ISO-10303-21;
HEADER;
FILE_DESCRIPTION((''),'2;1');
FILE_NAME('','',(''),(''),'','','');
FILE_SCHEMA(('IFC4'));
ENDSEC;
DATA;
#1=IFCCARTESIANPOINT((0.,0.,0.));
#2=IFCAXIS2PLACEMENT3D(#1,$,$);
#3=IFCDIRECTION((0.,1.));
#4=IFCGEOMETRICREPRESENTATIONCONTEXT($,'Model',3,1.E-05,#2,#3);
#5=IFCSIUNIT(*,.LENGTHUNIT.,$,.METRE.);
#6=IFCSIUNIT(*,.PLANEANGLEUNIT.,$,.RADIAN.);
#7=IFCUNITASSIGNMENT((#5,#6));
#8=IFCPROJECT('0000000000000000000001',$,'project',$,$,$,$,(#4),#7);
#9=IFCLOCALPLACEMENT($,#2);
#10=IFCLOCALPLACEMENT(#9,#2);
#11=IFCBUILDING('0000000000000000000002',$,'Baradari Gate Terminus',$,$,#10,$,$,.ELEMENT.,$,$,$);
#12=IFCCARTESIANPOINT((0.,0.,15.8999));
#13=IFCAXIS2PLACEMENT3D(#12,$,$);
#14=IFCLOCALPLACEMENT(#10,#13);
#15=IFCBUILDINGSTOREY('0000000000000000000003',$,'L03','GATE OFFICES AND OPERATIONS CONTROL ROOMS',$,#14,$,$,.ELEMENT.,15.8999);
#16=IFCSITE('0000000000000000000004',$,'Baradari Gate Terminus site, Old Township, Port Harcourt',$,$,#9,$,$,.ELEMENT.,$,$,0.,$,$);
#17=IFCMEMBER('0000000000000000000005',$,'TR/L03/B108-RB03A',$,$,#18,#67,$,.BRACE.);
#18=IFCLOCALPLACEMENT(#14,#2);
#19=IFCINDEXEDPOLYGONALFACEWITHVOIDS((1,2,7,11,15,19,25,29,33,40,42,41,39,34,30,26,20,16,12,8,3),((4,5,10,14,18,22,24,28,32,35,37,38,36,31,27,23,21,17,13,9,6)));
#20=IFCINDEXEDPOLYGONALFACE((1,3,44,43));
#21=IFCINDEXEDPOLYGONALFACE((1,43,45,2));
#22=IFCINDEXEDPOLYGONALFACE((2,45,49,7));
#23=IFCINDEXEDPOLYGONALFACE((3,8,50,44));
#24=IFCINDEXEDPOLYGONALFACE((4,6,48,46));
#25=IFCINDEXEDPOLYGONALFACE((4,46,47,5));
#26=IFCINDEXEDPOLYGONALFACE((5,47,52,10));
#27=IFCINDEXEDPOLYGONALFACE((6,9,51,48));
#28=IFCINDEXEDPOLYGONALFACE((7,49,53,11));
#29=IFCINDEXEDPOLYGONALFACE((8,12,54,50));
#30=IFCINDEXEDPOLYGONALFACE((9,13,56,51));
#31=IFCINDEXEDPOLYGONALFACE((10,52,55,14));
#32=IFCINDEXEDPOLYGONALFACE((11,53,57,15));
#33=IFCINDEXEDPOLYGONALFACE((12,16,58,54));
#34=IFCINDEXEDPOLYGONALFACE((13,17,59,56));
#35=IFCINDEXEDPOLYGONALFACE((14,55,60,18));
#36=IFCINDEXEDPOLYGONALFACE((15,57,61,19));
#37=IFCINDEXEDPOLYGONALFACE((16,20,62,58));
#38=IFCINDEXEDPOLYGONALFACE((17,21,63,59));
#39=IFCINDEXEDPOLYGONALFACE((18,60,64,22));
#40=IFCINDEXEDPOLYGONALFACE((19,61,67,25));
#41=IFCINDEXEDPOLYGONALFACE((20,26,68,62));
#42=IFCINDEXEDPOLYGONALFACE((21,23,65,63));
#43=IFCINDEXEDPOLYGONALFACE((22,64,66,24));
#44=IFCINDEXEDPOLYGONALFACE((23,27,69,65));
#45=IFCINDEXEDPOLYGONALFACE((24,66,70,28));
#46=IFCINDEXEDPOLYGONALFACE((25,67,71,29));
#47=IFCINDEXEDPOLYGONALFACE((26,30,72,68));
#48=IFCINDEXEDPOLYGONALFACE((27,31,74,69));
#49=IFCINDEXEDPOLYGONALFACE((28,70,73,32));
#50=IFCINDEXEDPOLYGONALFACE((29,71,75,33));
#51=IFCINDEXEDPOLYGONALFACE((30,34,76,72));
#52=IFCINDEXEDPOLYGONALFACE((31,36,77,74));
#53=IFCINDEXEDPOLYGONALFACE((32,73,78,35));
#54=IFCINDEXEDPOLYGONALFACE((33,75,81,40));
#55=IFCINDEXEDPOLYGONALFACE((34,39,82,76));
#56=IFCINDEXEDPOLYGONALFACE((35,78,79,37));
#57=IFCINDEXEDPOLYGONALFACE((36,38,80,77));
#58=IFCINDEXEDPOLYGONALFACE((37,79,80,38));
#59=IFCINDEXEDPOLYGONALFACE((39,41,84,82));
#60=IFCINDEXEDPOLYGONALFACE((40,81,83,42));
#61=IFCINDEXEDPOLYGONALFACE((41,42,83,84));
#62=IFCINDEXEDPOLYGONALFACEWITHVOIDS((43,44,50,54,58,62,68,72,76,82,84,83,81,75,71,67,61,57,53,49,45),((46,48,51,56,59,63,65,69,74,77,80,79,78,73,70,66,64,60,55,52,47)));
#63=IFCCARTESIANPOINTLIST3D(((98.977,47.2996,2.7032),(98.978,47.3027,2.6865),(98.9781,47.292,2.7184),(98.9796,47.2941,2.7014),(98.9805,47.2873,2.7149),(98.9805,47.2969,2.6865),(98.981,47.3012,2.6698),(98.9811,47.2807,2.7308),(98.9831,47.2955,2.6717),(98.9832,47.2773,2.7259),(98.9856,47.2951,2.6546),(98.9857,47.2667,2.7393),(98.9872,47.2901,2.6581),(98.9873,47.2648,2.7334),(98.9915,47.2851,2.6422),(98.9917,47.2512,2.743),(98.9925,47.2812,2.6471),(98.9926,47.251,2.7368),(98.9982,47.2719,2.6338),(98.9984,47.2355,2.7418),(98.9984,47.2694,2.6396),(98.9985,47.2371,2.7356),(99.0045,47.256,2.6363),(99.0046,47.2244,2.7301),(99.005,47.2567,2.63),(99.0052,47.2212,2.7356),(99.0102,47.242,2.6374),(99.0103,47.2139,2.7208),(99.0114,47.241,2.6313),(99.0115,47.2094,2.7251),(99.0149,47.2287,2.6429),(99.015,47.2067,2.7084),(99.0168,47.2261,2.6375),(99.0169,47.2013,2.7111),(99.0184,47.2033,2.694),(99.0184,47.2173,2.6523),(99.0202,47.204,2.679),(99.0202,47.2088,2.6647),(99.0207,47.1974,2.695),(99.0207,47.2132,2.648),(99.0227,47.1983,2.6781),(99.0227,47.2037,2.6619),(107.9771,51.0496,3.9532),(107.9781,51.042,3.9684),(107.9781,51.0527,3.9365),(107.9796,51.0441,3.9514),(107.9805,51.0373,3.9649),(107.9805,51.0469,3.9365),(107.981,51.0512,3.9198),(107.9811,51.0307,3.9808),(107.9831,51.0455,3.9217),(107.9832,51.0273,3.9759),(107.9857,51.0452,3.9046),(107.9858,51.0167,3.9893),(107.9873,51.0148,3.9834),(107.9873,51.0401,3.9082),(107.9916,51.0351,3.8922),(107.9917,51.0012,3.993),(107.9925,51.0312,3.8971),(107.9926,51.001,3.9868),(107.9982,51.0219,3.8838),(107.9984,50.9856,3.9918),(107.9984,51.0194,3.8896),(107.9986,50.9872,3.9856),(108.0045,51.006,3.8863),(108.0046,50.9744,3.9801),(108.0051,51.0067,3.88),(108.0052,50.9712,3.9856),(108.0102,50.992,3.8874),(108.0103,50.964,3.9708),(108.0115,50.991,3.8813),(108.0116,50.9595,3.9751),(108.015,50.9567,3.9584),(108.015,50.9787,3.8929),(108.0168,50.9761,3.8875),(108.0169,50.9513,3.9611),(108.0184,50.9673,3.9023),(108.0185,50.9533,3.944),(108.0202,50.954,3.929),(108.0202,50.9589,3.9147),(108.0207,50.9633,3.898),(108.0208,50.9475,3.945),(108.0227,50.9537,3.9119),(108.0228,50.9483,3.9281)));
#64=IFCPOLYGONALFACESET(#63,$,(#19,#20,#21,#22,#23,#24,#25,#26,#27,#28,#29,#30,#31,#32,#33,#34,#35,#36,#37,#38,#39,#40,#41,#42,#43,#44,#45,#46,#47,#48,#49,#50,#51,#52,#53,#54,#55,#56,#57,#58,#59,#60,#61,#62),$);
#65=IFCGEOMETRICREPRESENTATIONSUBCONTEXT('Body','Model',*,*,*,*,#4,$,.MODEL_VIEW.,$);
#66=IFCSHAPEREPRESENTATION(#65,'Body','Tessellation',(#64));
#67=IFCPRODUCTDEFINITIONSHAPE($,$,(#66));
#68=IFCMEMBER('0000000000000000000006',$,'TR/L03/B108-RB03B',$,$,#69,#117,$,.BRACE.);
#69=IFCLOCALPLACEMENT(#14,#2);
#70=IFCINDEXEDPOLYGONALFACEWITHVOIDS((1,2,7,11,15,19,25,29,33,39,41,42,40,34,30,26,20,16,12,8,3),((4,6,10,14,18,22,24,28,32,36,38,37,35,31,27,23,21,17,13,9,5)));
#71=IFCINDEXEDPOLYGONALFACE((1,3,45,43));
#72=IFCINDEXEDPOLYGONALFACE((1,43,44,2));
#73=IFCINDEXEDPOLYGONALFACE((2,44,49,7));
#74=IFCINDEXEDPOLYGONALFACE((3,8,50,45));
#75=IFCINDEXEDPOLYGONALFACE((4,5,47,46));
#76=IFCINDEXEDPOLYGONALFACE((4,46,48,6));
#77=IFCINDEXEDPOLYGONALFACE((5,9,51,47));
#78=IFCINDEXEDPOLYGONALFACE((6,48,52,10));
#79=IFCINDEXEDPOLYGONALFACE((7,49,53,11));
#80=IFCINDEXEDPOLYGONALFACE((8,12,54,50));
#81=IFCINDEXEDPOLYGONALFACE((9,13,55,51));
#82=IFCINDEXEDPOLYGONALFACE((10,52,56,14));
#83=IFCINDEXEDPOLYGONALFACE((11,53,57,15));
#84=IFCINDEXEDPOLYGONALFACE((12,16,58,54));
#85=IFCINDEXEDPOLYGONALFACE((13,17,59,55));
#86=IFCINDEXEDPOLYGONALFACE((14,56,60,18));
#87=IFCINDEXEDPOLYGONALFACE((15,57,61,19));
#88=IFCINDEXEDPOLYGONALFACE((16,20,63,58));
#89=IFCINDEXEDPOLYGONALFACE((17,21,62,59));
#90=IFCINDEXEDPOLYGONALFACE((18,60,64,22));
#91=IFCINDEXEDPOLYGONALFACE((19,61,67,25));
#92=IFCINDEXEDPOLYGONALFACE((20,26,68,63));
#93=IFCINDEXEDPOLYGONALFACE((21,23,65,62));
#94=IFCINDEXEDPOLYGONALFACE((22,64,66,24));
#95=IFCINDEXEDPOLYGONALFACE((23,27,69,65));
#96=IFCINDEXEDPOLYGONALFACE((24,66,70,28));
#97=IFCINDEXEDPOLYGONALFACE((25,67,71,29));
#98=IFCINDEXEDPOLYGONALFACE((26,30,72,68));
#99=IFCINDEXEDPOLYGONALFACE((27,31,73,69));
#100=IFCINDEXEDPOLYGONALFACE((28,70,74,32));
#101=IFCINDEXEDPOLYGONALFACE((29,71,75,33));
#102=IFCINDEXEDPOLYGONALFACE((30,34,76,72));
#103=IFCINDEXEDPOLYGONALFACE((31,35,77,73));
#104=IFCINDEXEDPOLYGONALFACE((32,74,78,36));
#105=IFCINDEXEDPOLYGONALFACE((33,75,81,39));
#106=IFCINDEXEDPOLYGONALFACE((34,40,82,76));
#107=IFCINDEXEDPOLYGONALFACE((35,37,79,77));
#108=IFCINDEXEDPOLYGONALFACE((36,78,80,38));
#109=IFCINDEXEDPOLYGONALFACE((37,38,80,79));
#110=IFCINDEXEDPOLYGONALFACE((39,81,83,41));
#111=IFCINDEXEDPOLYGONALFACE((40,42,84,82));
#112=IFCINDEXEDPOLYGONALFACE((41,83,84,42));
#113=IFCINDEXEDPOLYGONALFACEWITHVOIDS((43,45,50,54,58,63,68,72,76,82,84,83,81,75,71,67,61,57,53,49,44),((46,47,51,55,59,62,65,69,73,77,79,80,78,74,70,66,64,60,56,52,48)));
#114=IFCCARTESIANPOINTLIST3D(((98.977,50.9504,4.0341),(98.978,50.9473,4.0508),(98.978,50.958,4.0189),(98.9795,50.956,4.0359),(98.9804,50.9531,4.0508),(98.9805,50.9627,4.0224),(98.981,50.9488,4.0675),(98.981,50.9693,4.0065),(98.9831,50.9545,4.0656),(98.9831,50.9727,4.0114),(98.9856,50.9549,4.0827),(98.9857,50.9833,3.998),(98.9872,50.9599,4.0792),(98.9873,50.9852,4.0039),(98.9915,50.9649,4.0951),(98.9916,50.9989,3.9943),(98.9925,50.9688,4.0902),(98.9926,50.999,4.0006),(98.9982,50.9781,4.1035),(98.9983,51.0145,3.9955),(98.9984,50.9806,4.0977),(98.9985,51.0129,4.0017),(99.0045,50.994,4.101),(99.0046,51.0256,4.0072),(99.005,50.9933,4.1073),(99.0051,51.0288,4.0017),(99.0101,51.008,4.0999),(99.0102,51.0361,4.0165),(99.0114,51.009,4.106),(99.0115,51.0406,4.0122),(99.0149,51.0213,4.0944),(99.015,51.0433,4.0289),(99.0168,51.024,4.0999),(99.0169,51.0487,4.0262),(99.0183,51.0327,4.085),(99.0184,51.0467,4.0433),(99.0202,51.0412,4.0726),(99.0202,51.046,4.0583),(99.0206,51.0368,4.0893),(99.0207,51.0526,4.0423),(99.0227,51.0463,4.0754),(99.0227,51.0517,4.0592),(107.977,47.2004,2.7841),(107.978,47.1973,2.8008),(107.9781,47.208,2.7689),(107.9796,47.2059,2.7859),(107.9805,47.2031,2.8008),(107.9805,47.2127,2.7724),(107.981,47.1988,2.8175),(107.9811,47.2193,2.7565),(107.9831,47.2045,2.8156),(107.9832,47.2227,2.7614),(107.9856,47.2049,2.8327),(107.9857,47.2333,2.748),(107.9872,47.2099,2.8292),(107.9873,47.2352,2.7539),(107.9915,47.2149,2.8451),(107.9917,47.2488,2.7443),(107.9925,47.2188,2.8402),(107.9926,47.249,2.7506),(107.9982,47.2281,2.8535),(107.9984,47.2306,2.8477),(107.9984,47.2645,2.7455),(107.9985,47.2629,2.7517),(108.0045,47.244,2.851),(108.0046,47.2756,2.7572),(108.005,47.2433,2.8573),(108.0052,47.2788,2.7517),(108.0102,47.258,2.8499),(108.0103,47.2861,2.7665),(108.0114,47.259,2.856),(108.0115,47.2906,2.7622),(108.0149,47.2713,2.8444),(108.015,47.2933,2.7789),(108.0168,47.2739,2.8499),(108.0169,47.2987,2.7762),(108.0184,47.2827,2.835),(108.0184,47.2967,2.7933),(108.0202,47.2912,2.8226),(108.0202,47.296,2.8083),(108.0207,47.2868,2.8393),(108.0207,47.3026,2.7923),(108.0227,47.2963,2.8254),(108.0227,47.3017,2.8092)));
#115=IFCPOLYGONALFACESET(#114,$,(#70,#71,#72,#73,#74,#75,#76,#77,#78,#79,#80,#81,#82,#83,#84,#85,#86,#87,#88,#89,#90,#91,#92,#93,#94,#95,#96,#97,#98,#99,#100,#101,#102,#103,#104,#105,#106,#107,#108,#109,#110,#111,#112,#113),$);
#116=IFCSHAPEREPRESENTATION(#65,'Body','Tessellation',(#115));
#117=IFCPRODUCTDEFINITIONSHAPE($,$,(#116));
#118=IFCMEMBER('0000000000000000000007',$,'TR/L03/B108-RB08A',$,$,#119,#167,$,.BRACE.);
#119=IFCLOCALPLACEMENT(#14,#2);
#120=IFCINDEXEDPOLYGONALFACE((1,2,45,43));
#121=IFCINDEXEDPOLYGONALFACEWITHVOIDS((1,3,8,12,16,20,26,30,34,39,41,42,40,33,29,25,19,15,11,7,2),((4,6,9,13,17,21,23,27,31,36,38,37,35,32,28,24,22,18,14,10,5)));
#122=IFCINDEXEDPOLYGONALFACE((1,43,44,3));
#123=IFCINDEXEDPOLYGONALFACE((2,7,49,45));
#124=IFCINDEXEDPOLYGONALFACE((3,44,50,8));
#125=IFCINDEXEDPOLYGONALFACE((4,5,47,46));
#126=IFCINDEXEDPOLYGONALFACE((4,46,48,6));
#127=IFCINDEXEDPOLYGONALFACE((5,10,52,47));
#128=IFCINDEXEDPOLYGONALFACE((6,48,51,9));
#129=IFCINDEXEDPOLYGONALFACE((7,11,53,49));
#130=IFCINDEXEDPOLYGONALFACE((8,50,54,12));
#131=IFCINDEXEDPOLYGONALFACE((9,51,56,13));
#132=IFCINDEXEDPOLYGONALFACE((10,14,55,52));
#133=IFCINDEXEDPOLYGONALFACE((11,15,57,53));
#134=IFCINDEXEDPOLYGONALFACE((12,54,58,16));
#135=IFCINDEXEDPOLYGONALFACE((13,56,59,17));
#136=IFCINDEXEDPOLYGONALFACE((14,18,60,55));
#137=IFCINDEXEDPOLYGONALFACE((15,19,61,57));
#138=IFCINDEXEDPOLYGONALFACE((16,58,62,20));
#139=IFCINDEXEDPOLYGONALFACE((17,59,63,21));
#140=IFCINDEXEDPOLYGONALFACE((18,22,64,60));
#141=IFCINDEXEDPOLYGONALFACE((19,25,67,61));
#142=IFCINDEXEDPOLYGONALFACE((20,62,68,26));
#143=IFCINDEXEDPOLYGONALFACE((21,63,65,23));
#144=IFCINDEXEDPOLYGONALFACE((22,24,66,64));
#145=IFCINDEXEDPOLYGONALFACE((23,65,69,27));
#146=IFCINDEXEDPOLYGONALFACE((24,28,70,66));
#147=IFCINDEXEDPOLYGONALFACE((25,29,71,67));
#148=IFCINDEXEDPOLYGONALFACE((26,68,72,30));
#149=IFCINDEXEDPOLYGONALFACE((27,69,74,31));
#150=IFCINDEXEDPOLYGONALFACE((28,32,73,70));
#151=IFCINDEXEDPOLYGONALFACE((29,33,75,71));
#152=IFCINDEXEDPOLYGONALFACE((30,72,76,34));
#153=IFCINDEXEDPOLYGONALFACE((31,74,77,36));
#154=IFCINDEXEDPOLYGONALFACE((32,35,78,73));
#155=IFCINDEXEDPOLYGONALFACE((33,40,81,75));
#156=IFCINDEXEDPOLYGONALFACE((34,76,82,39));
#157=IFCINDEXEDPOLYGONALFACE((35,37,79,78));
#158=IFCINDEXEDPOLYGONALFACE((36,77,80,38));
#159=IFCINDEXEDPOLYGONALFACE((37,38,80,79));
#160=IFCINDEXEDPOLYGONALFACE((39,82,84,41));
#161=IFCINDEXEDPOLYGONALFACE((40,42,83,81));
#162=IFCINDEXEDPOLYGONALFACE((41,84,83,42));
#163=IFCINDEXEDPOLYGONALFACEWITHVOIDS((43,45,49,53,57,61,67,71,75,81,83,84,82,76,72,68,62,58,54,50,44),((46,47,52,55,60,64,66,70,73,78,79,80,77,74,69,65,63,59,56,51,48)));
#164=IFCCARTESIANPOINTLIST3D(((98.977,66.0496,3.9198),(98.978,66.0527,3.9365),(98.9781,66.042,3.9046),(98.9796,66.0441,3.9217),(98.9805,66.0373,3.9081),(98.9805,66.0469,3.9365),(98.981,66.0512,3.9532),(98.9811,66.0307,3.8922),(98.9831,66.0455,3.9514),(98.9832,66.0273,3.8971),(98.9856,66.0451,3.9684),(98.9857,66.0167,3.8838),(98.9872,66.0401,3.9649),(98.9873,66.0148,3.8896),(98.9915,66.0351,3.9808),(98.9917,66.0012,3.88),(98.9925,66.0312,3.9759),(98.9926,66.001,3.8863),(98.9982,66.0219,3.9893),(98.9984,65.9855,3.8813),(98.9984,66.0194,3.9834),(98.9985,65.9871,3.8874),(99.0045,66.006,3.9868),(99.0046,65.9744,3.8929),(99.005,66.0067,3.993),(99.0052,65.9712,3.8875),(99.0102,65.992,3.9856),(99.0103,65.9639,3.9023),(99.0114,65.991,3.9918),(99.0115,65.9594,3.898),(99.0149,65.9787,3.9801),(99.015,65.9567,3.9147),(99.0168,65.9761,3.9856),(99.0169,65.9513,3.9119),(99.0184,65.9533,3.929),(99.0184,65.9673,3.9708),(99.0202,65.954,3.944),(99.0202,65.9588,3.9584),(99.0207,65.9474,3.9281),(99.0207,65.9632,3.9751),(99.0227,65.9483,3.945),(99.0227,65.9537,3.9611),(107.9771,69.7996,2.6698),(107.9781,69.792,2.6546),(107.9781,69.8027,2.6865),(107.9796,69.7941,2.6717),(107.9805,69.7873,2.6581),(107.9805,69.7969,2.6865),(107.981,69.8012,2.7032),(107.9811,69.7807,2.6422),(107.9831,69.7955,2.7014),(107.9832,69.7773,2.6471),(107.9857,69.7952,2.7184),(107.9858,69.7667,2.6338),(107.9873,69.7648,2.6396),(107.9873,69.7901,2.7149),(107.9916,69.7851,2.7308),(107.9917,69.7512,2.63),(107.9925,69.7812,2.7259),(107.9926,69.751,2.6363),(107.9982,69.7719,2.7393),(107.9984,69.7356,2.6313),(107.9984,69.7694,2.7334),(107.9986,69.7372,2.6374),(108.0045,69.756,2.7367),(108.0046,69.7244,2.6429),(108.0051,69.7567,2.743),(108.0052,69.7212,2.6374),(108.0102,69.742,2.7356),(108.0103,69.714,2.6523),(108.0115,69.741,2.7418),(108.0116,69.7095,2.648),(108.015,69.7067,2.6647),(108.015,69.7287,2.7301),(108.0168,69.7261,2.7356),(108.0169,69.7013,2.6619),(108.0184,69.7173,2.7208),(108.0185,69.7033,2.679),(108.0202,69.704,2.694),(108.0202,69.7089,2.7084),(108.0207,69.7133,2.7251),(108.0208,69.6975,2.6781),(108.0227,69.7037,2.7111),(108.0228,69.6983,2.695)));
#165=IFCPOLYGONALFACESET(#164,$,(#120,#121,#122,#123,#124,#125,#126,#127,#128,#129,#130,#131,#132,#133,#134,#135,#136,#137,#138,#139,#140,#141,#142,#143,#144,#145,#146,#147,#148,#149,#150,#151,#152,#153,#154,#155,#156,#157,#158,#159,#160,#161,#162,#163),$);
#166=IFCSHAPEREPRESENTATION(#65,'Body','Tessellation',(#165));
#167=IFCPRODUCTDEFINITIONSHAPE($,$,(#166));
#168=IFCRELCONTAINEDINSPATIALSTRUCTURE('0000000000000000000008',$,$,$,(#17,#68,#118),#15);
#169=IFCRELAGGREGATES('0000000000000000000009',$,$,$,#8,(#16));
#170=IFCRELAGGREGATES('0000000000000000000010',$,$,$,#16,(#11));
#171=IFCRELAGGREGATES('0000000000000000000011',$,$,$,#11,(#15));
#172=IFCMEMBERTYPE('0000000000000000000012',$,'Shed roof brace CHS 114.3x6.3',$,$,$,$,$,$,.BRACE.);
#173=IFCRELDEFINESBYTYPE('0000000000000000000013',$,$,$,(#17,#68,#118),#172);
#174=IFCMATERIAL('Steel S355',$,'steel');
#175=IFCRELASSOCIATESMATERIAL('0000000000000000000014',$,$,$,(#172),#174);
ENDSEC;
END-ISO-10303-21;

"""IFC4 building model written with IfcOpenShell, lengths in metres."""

from ifc_helpers import new_model, si_unit, direction, frame, origin, origin_2d, place, context, subcontext, project, spatial, hollow_circle, extrude, material, material_profile, profile_set, type_object, element, save


model = new_model("IFC4")

# Units and contexts
model_context = context("Model", 3, precision=1e-05, world=origin(), true_north=direction((0.0, 1.0)))
body_context = subcontext(model_context, "Body", "Model", "MODEL_VIEW")
ifc_project = project(units=[si_unit("LENGTHUNIT", "METRE"), si_unit("PLANEANGLEUNIT", "RADIAN")], contexts=[model_context])

# Site, building, storey
site_placement = place(None, origin())
site = spatial("IfcSite", under=ifc_project, at=site_placement, Name="Baradari Gate Terminus site, Old Township, Port Harcourt", CompositionType="ELEMENT", RefElevation=0.0)
building_placement = place(site_placement, origin())
building = spatial("IfcBuilding", under=site, at=building_placement, Name="Baradari Gate Terminus", CompositionType="ELEMENT")
storey_placement = place(building_placement, frame((0.0, 0.0, 15.8999)))
storey = spatial("IfcBuildingStorey", under=building, at=storey_placement, Name="L03", Description="GATE OFFICES AND OPERATIONS CONTROL ROOMS", CompositionType="ELEMENT", Elevation=15.8999)

# Members
ifc_material_1 = material(Name="Steel S355", Category="steel")
ifc_material_profile_1 = material_profile(ifc_material_1, hollow_circle(Radius=0.0571, WallThickness=0.0063, at=origin_2d()), Name="CHS 114.3x6.3")
ifc_profile_set_1 = profile_set([ifc_material_profile_1], Name="Steel S355")
member_type_1 = type_object("IfcMemberType", Name="Shed roof brace CHS 114.3x6.3", PredefinedType="BRACE", material=ifc_profile_set_1)
for number, where, z_axis, x_axis, name in (
    (1, (99.0, 47.25, 2.6865), (0.915583, 0.381493, 0.127164), (-0.384615, 0.923077, 0.0), "TR/L03/B108-RB03A"),
    (2, (108.0, 47.25, 2.8008), (-0.915583, 0.381493, 0.127164), (-0.384615, -0.923077, 0.0), "TR/L03/B108-RB03B"),
    (3, (99.0, 66.0, 3.9365), (0.915583, 0.381493, -0.127164), (-0.384615, 0.923077, 0.0), "TR/L03/B108-RB08A"),
):
    element("IfcMember", number, at=place(storey_placement, frame(where, z_axis=z_axis, x_axis=x_axis)), inside=storey, type_object=member_type_1, Name=name, PredefinedType="BRACE", context=body_context, shape_type="SweptSolid", body=[
        extrude(hollow_circle(Radius=0.0571, WallThickness=0.0063, at=origin_2d()), origin(), (0.0, 0.0, 1.0), 9.8298),
    ])

save(model, "model.ifc")
